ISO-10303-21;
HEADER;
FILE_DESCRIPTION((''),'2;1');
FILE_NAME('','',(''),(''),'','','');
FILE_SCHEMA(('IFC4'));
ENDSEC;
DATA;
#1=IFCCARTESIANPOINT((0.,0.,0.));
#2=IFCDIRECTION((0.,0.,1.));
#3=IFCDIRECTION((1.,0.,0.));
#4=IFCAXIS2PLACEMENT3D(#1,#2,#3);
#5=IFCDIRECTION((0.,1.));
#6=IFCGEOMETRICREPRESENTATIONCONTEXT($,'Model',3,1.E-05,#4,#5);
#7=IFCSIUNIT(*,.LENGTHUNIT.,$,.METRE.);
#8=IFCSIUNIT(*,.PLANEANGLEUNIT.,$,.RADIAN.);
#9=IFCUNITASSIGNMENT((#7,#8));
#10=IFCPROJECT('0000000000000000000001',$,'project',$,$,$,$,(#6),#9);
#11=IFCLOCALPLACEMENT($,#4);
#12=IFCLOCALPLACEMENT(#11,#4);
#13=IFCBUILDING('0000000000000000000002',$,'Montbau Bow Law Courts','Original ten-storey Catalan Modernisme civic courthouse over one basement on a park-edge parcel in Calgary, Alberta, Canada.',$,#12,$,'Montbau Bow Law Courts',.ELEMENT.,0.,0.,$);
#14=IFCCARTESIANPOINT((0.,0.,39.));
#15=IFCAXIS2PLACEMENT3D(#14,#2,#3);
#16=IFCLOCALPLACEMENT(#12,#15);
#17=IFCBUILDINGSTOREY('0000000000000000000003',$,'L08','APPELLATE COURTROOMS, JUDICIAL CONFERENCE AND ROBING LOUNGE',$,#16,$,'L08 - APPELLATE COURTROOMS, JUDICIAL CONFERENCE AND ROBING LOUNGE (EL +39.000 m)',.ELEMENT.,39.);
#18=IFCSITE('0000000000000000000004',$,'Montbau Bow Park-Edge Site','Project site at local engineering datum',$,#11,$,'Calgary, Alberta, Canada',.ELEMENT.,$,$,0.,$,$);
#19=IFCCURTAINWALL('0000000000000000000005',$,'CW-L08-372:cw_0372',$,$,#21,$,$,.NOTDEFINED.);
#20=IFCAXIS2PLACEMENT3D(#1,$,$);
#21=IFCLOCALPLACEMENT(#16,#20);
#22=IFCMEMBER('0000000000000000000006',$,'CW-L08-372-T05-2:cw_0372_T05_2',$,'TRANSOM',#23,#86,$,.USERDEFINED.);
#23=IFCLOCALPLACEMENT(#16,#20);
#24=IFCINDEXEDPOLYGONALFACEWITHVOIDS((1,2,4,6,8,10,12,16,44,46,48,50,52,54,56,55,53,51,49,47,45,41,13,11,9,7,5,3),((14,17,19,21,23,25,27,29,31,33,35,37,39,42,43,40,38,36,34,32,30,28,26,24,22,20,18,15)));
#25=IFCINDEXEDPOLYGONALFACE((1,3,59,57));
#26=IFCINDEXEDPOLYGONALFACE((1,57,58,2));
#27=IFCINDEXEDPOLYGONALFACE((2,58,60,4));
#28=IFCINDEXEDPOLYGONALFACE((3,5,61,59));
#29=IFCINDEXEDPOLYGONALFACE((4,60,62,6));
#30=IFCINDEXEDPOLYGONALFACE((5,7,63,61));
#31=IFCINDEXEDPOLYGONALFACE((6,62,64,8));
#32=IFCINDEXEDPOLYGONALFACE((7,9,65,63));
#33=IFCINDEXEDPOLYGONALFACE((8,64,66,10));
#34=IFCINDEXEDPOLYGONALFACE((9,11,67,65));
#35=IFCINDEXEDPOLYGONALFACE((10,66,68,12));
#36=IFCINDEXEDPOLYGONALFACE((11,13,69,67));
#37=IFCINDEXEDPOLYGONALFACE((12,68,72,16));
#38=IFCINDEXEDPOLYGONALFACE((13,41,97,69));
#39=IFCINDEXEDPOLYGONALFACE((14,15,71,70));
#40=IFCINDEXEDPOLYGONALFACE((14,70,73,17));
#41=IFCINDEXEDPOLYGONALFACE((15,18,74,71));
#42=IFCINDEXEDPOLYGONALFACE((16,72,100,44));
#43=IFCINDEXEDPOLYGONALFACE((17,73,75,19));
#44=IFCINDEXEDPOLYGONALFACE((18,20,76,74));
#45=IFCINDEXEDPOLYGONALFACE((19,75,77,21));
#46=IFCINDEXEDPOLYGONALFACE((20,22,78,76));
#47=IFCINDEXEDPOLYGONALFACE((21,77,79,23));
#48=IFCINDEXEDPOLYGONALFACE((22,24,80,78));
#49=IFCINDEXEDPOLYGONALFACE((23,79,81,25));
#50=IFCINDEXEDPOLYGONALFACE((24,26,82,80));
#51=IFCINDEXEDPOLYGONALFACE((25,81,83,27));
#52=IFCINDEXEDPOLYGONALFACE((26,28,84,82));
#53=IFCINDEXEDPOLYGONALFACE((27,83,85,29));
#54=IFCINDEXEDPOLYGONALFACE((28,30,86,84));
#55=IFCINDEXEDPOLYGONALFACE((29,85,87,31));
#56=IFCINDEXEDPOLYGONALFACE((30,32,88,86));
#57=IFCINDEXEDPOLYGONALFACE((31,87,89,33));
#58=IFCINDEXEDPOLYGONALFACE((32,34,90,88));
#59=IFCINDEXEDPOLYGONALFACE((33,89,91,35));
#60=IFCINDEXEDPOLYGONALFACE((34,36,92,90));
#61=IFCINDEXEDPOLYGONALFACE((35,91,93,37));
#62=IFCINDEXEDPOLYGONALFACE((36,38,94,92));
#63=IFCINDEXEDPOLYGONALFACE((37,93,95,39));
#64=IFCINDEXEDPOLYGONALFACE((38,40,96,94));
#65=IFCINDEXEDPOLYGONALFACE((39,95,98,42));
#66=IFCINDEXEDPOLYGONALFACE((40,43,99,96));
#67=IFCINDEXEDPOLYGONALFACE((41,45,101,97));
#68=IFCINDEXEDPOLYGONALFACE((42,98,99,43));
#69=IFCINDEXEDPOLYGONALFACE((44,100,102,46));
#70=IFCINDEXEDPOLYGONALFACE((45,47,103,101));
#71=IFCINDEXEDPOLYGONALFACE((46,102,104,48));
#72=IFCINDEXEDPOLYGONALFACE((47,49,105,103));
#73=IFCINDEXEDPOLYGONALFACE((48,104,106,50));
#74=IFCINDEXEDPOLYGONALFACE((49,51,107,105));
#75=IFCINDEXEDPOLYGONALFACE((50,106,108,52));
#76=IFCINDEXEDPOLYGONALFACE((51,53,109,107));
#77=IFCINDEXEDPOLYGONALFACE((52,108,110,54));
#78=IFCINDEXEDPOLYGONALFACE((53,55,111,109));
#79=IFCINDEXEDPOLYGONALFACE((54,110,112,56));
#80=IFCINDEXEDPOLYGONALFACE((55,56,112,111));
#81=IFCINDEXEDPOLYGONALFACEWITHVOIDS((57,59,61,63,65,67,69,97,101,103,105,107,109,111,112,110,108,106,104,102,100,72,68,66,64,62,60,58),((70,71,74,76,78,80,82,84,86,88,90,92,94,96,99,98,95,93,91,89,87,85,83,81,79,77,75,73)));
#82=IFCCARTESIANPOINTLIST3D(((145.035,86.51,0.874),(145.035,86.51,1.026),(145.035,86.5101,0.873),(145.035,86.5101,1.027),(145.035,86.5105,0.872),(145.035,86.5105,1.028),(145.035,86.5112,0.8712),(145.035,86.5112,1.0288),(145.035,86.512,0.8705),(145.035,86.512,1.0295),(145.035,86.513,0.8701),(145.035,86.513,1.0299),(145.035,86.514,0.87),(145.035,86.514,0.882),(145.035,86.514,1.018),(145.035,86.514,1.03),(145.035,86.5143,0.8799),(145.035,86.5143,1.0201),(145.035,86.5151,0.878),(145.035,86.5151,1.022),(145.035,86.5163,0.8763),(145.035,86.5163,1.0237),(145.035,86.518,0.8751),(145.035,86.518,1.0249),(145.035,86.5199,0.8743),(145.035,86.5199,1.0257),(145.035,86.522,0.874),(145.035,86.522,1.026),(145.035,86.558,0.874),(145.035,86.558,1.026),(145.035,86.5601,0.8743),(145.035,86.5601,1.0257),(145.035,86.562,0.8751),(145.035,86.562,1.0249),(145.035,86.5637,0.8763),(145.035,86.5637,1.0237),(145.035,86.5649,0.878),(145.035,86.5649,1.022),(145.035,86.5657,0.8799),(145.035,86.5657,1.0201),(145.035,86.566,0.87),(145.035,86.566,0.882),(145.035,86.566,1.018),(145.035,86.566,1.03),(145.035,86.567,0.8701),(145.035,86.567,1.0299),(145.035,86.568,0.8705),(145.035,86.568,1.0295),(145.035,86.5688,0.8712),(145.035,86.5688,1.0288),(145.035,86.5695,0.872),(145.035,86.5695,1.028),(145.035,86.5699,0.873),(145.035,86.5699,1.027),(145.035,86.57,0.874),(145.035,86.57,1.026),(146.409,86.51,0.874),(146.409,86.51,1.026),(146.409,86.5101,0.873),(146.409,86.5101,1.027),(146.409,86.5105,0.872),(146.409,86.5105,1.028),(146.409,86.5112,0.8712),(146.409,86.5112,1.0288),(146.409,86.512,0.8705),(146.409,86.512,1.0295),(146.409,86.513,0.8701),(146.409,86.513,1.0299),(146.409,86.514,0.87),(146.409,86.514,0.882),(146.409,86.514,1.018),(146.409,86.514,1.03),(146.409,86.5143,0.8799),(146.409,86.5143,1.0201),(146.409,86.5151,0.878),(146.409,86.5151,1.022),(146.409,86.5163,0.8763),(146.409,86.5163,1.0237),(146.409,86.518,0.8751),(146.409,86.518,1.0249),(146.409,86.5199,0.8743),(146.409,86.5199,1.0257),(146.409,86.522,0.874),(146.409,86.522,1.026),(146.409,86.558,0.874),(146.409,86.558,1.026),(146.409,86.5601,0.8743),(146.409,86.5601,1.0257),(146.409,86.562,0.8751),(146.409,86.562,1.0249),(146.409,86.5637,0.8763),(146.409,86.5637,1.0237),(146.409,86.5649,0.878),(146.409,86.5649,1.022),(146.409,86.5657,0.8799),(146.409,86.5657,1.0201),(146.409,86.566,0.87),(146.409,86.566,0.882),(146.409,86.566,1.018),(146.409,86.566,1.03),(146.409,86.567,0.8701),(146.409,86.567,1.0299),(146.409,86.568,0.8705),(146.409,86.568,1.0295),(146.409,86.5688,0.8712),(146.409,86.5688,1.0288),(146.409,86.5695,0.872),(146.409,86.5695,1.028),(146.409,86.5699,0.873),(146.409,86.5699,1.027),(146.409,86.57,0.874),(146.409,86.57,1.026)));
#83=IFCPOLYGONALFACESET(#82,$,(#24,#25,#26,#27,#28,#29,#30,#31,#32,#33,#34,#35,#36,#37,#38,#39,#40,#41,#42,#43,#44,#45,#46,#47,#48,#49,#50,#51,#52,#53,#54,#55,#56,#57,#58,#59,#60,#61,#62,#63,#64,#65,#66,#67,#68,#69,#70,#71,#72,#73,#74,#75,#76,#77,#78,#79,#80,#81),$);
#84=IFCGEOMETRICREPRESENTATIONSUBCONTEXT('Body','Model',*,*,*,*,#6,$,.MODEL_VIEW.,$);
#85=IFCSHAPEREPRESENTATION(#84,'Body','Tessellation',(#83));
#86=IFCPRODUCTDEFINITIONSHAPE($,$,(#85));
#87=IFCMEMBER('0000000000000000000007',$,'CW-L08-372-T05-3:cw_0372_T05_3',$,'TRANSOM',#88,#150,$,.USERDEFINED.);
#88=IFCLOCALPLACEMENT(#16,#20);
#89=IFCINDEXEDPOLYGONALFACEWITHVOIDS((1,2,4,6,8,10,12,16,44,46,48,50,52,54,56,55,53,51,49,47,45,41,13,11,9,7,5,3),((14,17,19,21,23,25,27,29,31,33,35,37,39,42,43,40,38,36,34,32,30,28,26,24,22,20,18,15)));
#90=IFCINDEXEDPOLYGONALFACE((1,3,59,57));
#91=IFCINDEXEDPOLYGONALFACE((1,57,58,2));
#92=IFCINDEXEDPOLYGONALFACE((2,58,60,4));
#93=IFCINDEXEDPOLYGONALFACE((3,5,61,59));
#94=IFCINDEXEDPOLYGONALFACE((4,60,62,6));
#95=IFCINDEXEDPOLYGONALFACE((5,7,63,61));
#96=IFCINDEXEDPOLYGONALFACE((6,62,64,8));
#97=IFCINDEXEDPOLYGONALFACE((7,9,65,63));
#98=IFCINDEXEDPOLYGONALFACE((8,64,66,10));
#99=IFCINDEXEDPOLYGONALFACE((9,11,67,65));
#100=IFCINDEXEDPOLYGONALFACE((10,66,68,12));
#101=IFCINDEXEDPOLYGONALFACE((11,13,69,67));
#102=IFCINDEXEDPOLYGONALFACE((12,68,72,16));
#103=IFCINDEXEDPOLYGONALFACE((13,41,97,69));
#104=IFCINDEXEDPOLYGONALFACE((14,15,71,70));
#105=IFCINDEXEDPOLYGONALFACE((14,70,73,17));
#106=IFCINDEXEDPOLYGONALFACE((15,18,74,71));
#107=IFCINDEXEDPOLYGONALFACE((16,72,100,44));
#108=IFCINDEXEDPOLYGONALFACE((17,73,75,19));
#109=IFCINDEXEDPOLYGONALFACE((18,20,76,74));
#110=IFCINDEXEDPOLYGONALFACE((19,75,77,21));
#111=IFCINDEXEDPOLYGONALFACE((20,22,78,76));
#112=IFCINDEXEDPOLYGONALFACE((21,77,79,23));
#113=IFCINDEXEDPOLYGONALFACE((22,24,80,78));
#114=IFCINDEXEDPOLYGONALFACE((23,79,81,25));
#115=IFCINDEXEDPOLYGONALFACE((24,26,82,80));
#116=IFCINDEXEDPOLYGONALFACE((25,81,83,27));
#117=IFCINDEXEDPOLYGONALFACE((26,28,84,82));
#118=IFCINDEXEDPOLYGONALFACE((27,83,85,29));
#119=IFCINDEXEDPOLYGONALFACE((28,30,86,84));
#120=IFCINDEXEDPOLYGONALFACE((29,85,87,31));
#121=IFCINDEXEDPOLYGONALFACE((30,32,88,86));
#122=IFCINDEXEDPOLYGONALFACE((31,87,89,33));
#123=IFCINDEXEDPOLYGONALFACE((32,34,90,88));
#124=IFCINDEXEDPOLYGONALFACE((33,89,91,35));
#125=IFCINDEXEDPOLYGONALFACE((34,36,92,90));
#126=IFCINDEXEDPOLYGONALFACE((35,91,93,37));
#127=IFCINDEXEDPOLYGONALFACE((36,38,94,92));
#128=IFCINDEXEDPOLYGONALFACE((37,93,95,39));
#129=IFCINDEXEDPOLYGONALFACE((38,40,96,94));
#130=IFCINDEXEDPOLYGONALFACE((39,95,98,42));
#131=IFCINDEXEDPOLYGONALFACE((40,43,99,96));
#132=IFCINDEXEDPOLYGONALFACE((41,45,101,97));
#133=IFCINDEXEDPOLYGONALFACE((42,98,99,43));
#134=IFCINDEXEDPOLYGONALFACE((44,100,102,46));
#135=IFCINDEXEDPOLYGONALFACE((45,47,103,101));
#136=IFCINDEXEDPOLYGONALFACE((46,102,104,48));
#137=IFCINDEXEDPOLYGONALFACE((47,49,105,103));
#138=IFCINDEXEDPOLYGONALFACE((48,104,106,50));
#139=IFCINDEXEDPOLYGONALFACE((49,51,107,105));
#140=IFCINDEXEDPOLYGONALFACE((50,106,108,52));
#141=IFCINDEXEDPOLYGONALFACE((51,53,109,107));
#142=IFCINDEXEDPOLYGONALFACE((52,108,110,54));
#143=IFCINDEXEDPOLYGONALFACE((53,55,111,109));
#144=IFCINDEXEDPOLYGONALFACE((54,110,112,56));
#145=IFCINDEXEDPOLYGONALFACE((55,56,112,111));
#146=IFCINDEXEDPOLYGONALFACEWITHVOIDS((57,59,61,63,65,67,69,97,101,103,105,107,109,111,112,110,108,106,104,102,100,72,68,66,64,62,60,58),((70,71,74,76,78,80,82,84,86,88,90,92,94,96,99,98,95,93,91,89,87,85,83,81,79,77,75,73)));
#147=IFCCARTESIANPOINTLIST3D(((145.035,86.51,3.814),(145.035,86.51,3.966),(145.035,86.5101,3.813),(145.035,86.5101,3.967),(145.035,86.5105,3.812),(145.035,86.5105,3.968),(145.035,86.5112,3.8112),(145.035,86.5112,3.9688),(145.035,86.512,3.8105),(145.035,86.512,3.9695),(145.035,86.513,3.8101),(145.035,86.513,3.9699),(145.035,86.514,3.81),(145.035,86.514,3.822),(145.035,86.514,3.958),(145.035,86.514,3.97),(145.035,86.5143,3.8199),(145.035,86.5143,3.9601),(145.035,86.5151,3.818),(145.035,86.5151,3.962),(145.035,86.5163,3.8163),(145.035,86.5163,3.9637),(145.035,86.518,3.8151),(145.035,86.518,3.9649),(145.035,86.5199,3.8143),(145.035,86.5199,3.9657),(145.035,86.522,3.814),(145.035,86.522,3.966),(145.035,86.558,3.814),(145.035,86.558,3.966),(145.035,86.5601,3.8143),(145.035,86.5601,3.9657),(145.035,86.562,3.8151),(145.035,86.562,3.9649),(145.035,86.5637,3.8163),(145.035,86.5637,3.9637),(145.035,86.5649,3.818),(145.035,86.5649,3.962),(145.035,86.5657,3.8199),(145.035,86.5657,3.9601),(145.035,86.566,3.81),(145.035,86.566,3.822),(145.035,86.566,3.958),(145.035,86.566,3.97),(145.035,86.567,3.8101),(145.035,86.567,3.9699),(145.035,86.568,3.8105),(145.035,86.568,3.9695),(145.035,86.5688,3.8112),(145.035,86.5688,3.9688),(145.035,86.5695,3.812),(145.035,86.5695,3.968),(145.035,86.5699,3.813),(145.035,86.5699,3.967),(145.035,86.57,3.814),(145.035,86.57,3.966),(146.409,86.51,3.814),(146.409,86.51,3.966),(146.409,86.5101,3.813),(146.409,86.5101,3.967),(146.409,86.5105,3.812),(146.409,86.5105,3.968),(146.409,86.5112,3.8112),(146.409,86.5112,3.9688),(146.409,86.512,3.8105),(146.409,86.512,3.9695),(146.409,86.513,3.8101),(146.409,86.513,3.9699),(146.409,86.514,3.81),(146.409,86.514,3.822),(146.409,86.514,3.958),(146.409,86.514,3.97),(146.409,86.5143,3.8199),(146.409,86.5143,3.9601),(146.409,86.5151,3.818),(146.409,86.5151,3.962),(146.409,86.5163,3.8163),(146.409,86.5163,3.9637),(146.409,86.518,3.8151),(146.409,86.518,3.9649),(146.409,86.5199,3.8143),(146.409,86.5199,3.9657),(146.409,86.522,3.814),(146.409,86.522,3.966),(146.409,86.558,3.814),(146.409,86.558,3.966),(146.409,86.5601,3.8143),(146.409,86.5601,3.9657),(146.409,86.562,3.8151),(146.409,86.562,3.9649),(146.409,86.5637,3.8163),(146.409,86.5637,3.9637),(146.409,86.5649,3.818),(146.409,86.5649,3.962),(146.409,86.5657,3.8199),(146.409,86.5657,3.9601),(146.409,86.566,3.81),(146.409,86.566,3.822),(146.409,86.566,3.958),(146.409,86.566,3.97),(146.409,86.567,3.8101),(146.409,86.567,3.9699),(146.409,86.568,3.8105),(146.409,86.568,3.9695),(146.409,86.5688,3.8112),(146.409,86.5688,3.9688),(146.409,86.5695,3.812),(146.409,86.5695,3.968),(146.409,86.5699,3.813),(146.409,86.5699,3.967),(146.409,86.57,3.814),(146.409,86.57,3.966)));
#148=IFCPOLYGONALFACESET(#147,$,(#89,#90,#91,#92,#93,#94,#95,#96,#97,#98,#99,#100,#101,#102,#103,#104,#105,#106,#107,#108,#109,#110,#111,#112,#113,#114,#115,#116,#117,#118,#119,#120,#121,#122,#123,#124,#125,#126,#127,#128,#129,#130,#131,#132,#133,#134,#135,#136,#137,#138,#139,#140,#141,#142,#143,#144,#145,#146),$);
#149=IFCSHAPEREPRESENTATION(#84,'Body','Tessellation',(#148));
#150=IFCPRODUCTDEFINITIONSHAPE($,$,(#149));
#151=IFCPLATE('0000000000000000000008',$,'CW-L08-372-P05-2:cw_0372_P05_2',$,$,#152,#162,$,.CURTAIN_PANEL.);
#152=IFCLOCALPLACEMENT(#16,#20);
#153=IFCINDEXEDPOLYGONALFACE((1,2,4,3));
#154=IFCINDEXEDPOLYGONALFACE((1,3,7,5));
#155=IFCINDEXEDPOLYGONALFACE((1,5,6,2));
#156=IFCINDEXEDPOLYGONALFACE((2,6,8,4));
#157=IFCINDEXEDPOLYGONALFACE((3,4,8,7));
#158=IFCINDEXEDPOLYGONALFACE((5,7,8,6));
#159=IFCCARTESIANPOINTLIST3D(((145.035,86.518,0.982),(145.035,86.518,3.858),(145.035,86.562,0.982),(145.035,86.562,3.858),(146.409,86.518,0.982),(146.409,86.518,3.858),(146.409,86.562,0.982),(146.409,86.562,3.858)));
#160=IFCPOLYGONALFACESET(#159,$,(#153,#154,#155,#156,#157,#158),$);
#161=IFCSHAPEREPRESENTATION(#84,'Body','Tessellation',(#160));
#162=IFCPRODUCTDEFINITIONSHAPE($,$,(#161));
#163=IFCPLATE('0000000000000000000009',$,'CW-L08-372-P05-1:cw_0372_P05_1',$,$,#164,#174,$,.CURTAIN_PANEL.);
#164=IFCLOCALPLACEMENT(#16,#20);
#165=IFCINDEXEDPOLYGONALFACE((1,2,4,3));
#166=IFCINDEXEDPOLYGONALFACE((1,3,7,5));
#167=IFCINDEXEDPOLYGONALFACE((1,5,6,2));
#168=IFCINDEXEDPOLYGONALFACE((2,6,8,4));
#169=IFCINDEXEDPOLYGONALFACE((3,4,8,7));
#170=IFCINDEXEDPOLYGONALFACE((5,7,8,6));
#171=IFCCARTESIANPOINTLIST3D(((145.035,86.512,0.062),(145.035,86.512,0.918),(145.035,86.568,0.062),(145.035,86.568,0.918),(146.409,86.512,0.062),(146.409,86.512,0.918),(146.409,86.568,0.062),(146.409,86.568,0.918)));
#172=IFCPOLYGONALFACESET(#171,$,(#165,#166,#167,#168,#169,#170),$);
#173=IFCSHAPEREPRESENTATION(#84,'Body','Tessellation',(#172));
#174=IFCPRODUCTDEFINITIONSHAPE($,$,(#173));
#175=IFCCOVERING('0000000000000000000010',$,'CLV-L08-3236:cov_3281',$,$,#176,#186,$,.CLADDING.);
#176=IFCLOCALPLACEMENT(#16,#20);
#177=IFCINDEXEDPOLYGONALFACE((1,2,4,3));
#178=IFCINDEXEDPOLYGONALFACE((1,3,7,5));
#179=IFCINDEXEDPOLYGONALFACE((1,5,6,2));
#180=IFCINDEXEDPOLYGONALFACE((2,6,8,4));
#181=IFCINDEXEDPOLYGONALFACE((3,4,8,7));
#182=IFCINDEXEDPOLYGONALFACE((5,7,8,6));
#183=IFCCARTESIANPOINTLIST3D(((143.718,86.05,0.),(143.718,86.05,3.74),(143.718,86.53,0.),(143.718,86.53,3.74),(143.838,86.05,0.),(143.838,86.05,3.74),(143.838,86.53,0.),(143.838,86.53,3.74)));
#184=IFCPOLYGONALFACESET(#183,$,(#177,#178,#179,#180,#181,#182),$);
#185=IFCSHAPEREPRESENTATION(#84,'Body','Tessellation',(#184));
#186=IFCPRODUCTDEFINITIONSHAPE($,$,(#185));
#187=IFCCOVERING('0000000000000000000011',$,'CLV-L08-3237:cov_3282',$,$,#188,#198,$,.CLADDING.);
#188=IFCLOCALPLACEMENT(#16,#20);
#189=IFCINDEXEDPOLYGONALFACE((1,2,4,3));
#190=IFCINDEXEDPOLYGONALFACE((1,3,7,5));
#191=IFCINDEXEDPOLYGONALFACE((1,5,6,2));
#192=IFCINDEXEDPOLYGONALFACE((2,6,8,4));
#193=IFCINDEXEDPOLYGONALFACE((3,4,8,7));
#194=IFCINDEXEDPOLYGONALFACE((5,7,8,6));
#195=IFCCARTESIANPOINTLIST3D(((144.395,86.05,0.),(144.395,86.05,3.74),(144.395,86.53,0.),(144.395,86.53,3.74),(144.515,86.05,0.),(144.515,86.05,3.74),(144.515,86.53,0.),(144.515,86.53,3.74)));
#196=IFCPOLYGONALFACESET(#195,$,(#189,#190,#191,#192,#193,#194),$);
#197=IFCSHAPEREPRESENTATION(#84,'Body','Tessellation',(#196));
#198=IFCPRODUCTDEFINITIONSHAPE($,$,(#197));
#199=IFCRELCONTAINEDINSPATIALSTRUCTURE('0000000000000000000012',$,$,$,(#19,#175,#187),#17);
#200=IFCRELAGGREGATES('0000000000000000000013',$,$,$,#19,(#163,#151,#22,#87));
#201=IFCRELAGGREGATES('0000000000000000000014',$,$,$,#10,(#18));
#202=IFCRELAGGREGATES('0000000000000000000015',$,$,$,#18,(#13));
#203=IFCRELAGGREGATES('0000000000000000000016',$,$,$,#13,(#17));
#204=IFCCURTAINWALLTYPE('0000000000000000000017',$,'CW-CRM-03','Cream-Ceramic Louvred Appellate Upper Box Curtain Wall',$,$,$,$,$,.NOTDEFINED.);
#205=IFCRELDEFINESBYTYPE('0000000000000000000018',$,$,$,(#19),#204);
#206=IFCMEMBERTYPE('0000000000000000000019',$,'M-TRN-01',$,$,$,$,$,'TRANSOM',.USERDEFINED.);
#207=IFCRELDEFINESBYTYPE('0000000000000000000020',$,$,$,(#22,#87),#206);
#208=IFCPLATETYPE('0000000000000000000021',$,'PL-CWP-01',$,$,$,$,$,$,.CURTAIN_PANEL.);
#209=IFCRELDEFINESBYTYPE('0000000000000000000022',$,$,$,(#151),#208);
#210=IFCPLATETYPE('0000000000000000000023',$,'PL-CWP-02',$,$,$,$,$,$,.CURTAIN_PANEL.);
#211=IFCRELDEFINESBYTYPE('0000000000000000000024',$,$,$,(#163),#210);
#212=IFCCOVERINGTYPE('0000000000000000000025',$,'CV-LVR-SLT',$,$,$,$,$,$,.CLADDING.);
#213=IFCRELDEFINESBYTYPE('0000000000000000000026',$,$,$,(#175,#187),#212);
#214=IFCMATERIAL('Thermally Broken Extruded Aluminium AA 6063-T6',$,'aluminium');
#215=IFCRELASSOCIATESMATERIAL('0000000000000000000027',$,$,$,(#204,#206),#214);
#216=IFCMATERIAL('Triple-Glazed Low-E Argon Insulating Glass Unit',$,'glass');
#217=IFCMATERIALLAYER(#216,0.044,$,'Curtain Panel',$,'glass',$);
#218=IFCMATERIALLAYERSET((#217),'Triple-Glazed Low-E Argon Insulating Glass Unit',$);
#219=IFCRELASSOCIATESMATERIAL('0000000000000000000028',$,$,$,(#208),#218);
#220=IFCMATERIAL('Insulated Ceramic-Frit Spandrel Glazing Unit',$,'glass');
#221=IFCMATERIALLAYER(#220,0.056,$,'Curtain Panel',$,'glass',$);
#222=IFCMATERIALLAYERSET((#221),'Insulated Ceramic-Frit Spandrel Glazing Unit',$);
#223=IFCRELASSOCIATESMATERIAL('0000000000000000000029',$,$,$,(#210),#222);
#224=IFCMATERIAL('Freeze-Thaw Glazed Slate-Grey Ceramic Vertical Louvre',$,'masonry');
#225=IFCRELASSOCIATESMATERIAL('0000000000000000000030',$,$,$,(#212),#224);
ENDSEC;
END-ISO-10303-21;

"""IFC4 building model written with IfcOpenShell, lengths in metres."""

from ifc_helpers import new_model, si_unit, direction, frame, frame_2d, origin_with_axes, origin_2d_with_axis, place, context, subcontext, project, spatial, rectangle, hollow_rectangle, extrude, material, layer, layer_set, material_profile, profile_set, type_object, element, aggregate, save


model = new_model("IFC4")

# Units and contexts
model_context = context("Model", 3, precision=1e-05, world=origin_with_axes(), true_north=direction((0.0, 1.0)))
body_context = subcontext(model_context, "Body", "Model", "MODEL_VIEW")
ifc_project = project(units=[si_unit("LENGTHUNIT", "METRE"), si_unit("PLANEANGLEUNIT", "RADIAN")], contexts=[model_context])

# Site, building, storey
site_placement = place(None, origin_with_axes())
site = spatial("IfcSite", under=ifc_project, at=site_placement, Name="Montbau Bow Park-Edge Site", Description="Project site at local engineering datum", LongName="Calgary, Alberta, Canada", CompositionType="ELEMENT", RefElevation=0.0)
building_placement = place(site_placement, origin_with_axes())
building = spatial("IfcBuilding", under=site, at=building_placement, Name="Montbau Bow Law Courts", Description="Original ten-storey Catalan Modernisme civic courthouse over one basement on a park-edge parcel in Calgary, Alberta, Canada.", LongName="Montbau Bow Law Courts", CompositionType="ELEMENT", ElevationOfRefHeight=0.0, ElevationOfTerrain=0.0)
storey_placement = place(building_placement, frame((0.0, 0.0, 39.0), z_axis=(0.0, 0.0, 1.0), x_axis=(1.0, 0.0, 0.0)))
storey = spatial("IfcBuildingStorey", under=building, at=storey_placement, Name="L08", Description="APPELLATE COURTROOMS, JUDICIAL CONFERENCE AND ROBING LOUNGE", LongName="L08 - APPELLATE COURTROOMS, JUDICIAL CONFERENCE AND ROBING LOUNGE (EL +39.000 m)", CompositionType="ELEMENT", Elevation=39.0)

# Curtain wall, members, plates
ifc_material_1 = material(Name="Thermally Broken Extruded Aluminium AA 6063-T6", Category="aluminium")
curtain_wall_type = type_object("IfcCurtainWallType", Name="CW-CRM-03", Description="Cream-Ceramic Louvred Appellate Upper Box Curtain Wall", PredefinedType="NOTDEFINED", material=ifc_material_1)
curtain_wall_placement = place(None, frame((139.04, 86.54, 39.0), z_axis=(0.0, 0.0, 1.0), x_axis=(1.0, 0.0, 0.0)))
curtain_wall = element("IfcCurtainWall", 1, at=curtain_wall_placement, inside=storey, type_object=curtain_wall_type, Name="CW-L08-372:cw_0372", PredefinedType="NOTDEFINED")
ifc_material_profile_1 = material_profile(ifc_material_1, hollow_rectangle(XDim=0.06, YDim=0.16, WallThickness=0.004, InnerFilletRadius=0.008, OuterFilletRadius=0.004, at=origin_2d_with_axis()), Name="CWT-160X60", Category="Main", Priority=0)
ifc_profile_set_1 = profile_set([ifc_material_profile_1], Name="Thermally Broken Extruded Aluminium AA 6063-T6")
member_type_1 = type_object("IfcMemberType", Name="M-TRN-01", ElementType="TRANSOM", PredefinedType="USERDEFINED", material=ifc_profile_set_1)
member_1_placement = place(None, frame((145.035, 86.54, 39.95), z_axis=(1.0, 0.0, 0.0), x_axis=(0.0, 1.0, 0.0)))
member_1 = element("IfcMember", 2, at=member_1_placement, type_object=member_type_1, Name="CW-L08-372-T05-2:cw_0372_T05_2", ObjectType="TRANSOM", PredefinedType="USERDEFINED", context=body_context, shape_type="SweptSolid", body=[
    extrude(hollow_rectangle(XDim=0.06, YDim=0.16, WallThickness=0.004, InnerFilletRadius=0.008, OuterFilletRadius=0.004, at=origin_2d_with_axis()), origin_with_axes(), (0.0, 0.0, 1.0), 1.374),
])
member_2_placement = place(None, frame((145.035, 86.54, 42.89), z_axis=(1.0, 0.0, 0.0), x_axis=(0.0, 1.0, 0.0)))
member_2 = element("IfcMember", 3, at=member_2_placement, type_object=member_type_1, Name="CW-L08-372-T05-3:cw_0372_T05_3", ObjectType="TRANSOM", PredefinedType="USERDEFINED", context=body_context, shape_type="SweptSolid", body=[
    extrude(hollow_rectangle(XDim=0.06, YDim=0.16, WallThickness=0.004, InnerFilletRadius=0.008, OuterFilletRadius=0.004, at=origin_2d_with_axis()), origin_with_axes(), (0.0, 0.0, 1.0), 1.374),
])
ifc_material_2 = material(Name="Triple-Glazed Low-E Argon Insulating Glass Unit", Category="glass")
ifc_layer_1 = layer(ifc_material_2, 0.044, Name="Curtain Panel", Category="glass")
ifc_layer_set_1 = layer_set([ifc_layer_1], Name="Triple-Glazed Low-E Argon Insulating Glass Unit")
plate_type_1 = type_object("IfcPlateType", Name="PL-CWP-01", PredefinedType="CURTAIN_PANEL", material=ifc_layer_set_1)
plate_1_placement = place(None, frame((145.035, 86.54, 39.982), z_axis=(0.0, -1.0, 0.0), x_axis=(1.0, 0.0, 0.0)))
plate_1 = element("IfcPlate", 4, at=plate_1_placement, type_object=plate_type_1, Name="CW-L08-372-P05-2:cw_0372_P05_2", PredefinedType="CURTAIN_PANEL", context=body_context, shape_type="SweptSolid", body=[
    extrude(rectangle(XDim=1.374, YDim=2.876, at=frame_2d((0.687, 1.438), x_axis=(1.0, 0.0))), frame((0.0, 0.0, -0.022), z_axis=(0.0, 0.0, 1.0), x_axis=(1.0, 0.0, 0.0)), (0.0, 0.0, 1.0), 0.044),
])
ifc_material_3 = material(Name="Insulated Ceramic-Frit Spandrel Glazing Unit", Category="glass")
ifc_layer_2 = layer(ifc_material_3, 0.056, Name="Curtain Panel", Category="glass")
ifc_layer_set_2 = layer_set([ifc_layer_2], Name="Insulated Ceramic-Frit Spandrel Glazing Unit")
plate_type_2 = type_object("IfcPlateType", Name="PL-CWP-02", PredefinedType="CURTAIN_PANEL", material=ifc_layer_set_2)
plate_2_placement = place(None, frame((145.035, 86.54, 39.062), z_axis=(0.0, -1.0, 0.0), x_axis=(1.0, 0.0, 0.0)))
plate_2 = element("IfcPlate", 5, at=plate_2_placement, type_object=plate_type_2, Name="CW-L08-372-P05-1:cw_0372_P05_1", PredefinedType="CURTAIN_PANEL", context=body_context, shape_type="SweptSolid", body=[
    extrude(rectangle(XDim=1.374, YDim=0.856, at=frame_2d((0.687, 0.428), x_axis=(1.0, 0.0))), frame((0.0, 0.0, -0.028), z_axis=(0.0, 0.0, 1.0), x_axis=(1.0, 0.0, 0.0)), (0.0, 0.0, 1.0), 0.056),
])
aggregate(curtain_wall, [plate_2, plate_1, member_1, member_2])

# Coverings
ifc_material_4 = material(Name="Freeze-Thaw Glazed Slate-Grey Ceramic Vertical Louvre", Category="masonry")
covering_type = type_object("IfcCoveringType", Name="CV-LVR-SLT", PredefinedType="CLADDING", material=ifc_material_4)
for number, where, z_axis, x_axis, name in (
    (6, (143.778, 86.53, 39.0), (-1.0, 0.0, 0.0), (0.0, -1.0, 0.0), "CLV-L08-3236:cov_3281"),
    (7, (144.455, 86.53, 39.0), (-1.0, 0.0, 0.0), (0.0, -1.0, 0.0), "CLV-L08-3237:cov_3282"),
):
    element("IfcCovering", number, at=place(None, frame(where, z_axis=z_axis, x_axis=x_axis)), inside=storey, type_object=covering_type, Name=name, PredefinedType="CLADDING", context=body_context, shape_type="SweptSolid", body=[
        extrude(rectangle(XDim=0.48, YDim=3.74, at=frame_2d((0.24, 1.87), x_axis=(1.0, 0.0))), frame((0.0, 0.0, -0.06), z_axis=(0.0, 0.0, 1.0), x_axis=(1.0, 0.0, 0.0)), (0.0, 0.0, 1.0), 0.12),
    ])

save(model, "model.ifc")
